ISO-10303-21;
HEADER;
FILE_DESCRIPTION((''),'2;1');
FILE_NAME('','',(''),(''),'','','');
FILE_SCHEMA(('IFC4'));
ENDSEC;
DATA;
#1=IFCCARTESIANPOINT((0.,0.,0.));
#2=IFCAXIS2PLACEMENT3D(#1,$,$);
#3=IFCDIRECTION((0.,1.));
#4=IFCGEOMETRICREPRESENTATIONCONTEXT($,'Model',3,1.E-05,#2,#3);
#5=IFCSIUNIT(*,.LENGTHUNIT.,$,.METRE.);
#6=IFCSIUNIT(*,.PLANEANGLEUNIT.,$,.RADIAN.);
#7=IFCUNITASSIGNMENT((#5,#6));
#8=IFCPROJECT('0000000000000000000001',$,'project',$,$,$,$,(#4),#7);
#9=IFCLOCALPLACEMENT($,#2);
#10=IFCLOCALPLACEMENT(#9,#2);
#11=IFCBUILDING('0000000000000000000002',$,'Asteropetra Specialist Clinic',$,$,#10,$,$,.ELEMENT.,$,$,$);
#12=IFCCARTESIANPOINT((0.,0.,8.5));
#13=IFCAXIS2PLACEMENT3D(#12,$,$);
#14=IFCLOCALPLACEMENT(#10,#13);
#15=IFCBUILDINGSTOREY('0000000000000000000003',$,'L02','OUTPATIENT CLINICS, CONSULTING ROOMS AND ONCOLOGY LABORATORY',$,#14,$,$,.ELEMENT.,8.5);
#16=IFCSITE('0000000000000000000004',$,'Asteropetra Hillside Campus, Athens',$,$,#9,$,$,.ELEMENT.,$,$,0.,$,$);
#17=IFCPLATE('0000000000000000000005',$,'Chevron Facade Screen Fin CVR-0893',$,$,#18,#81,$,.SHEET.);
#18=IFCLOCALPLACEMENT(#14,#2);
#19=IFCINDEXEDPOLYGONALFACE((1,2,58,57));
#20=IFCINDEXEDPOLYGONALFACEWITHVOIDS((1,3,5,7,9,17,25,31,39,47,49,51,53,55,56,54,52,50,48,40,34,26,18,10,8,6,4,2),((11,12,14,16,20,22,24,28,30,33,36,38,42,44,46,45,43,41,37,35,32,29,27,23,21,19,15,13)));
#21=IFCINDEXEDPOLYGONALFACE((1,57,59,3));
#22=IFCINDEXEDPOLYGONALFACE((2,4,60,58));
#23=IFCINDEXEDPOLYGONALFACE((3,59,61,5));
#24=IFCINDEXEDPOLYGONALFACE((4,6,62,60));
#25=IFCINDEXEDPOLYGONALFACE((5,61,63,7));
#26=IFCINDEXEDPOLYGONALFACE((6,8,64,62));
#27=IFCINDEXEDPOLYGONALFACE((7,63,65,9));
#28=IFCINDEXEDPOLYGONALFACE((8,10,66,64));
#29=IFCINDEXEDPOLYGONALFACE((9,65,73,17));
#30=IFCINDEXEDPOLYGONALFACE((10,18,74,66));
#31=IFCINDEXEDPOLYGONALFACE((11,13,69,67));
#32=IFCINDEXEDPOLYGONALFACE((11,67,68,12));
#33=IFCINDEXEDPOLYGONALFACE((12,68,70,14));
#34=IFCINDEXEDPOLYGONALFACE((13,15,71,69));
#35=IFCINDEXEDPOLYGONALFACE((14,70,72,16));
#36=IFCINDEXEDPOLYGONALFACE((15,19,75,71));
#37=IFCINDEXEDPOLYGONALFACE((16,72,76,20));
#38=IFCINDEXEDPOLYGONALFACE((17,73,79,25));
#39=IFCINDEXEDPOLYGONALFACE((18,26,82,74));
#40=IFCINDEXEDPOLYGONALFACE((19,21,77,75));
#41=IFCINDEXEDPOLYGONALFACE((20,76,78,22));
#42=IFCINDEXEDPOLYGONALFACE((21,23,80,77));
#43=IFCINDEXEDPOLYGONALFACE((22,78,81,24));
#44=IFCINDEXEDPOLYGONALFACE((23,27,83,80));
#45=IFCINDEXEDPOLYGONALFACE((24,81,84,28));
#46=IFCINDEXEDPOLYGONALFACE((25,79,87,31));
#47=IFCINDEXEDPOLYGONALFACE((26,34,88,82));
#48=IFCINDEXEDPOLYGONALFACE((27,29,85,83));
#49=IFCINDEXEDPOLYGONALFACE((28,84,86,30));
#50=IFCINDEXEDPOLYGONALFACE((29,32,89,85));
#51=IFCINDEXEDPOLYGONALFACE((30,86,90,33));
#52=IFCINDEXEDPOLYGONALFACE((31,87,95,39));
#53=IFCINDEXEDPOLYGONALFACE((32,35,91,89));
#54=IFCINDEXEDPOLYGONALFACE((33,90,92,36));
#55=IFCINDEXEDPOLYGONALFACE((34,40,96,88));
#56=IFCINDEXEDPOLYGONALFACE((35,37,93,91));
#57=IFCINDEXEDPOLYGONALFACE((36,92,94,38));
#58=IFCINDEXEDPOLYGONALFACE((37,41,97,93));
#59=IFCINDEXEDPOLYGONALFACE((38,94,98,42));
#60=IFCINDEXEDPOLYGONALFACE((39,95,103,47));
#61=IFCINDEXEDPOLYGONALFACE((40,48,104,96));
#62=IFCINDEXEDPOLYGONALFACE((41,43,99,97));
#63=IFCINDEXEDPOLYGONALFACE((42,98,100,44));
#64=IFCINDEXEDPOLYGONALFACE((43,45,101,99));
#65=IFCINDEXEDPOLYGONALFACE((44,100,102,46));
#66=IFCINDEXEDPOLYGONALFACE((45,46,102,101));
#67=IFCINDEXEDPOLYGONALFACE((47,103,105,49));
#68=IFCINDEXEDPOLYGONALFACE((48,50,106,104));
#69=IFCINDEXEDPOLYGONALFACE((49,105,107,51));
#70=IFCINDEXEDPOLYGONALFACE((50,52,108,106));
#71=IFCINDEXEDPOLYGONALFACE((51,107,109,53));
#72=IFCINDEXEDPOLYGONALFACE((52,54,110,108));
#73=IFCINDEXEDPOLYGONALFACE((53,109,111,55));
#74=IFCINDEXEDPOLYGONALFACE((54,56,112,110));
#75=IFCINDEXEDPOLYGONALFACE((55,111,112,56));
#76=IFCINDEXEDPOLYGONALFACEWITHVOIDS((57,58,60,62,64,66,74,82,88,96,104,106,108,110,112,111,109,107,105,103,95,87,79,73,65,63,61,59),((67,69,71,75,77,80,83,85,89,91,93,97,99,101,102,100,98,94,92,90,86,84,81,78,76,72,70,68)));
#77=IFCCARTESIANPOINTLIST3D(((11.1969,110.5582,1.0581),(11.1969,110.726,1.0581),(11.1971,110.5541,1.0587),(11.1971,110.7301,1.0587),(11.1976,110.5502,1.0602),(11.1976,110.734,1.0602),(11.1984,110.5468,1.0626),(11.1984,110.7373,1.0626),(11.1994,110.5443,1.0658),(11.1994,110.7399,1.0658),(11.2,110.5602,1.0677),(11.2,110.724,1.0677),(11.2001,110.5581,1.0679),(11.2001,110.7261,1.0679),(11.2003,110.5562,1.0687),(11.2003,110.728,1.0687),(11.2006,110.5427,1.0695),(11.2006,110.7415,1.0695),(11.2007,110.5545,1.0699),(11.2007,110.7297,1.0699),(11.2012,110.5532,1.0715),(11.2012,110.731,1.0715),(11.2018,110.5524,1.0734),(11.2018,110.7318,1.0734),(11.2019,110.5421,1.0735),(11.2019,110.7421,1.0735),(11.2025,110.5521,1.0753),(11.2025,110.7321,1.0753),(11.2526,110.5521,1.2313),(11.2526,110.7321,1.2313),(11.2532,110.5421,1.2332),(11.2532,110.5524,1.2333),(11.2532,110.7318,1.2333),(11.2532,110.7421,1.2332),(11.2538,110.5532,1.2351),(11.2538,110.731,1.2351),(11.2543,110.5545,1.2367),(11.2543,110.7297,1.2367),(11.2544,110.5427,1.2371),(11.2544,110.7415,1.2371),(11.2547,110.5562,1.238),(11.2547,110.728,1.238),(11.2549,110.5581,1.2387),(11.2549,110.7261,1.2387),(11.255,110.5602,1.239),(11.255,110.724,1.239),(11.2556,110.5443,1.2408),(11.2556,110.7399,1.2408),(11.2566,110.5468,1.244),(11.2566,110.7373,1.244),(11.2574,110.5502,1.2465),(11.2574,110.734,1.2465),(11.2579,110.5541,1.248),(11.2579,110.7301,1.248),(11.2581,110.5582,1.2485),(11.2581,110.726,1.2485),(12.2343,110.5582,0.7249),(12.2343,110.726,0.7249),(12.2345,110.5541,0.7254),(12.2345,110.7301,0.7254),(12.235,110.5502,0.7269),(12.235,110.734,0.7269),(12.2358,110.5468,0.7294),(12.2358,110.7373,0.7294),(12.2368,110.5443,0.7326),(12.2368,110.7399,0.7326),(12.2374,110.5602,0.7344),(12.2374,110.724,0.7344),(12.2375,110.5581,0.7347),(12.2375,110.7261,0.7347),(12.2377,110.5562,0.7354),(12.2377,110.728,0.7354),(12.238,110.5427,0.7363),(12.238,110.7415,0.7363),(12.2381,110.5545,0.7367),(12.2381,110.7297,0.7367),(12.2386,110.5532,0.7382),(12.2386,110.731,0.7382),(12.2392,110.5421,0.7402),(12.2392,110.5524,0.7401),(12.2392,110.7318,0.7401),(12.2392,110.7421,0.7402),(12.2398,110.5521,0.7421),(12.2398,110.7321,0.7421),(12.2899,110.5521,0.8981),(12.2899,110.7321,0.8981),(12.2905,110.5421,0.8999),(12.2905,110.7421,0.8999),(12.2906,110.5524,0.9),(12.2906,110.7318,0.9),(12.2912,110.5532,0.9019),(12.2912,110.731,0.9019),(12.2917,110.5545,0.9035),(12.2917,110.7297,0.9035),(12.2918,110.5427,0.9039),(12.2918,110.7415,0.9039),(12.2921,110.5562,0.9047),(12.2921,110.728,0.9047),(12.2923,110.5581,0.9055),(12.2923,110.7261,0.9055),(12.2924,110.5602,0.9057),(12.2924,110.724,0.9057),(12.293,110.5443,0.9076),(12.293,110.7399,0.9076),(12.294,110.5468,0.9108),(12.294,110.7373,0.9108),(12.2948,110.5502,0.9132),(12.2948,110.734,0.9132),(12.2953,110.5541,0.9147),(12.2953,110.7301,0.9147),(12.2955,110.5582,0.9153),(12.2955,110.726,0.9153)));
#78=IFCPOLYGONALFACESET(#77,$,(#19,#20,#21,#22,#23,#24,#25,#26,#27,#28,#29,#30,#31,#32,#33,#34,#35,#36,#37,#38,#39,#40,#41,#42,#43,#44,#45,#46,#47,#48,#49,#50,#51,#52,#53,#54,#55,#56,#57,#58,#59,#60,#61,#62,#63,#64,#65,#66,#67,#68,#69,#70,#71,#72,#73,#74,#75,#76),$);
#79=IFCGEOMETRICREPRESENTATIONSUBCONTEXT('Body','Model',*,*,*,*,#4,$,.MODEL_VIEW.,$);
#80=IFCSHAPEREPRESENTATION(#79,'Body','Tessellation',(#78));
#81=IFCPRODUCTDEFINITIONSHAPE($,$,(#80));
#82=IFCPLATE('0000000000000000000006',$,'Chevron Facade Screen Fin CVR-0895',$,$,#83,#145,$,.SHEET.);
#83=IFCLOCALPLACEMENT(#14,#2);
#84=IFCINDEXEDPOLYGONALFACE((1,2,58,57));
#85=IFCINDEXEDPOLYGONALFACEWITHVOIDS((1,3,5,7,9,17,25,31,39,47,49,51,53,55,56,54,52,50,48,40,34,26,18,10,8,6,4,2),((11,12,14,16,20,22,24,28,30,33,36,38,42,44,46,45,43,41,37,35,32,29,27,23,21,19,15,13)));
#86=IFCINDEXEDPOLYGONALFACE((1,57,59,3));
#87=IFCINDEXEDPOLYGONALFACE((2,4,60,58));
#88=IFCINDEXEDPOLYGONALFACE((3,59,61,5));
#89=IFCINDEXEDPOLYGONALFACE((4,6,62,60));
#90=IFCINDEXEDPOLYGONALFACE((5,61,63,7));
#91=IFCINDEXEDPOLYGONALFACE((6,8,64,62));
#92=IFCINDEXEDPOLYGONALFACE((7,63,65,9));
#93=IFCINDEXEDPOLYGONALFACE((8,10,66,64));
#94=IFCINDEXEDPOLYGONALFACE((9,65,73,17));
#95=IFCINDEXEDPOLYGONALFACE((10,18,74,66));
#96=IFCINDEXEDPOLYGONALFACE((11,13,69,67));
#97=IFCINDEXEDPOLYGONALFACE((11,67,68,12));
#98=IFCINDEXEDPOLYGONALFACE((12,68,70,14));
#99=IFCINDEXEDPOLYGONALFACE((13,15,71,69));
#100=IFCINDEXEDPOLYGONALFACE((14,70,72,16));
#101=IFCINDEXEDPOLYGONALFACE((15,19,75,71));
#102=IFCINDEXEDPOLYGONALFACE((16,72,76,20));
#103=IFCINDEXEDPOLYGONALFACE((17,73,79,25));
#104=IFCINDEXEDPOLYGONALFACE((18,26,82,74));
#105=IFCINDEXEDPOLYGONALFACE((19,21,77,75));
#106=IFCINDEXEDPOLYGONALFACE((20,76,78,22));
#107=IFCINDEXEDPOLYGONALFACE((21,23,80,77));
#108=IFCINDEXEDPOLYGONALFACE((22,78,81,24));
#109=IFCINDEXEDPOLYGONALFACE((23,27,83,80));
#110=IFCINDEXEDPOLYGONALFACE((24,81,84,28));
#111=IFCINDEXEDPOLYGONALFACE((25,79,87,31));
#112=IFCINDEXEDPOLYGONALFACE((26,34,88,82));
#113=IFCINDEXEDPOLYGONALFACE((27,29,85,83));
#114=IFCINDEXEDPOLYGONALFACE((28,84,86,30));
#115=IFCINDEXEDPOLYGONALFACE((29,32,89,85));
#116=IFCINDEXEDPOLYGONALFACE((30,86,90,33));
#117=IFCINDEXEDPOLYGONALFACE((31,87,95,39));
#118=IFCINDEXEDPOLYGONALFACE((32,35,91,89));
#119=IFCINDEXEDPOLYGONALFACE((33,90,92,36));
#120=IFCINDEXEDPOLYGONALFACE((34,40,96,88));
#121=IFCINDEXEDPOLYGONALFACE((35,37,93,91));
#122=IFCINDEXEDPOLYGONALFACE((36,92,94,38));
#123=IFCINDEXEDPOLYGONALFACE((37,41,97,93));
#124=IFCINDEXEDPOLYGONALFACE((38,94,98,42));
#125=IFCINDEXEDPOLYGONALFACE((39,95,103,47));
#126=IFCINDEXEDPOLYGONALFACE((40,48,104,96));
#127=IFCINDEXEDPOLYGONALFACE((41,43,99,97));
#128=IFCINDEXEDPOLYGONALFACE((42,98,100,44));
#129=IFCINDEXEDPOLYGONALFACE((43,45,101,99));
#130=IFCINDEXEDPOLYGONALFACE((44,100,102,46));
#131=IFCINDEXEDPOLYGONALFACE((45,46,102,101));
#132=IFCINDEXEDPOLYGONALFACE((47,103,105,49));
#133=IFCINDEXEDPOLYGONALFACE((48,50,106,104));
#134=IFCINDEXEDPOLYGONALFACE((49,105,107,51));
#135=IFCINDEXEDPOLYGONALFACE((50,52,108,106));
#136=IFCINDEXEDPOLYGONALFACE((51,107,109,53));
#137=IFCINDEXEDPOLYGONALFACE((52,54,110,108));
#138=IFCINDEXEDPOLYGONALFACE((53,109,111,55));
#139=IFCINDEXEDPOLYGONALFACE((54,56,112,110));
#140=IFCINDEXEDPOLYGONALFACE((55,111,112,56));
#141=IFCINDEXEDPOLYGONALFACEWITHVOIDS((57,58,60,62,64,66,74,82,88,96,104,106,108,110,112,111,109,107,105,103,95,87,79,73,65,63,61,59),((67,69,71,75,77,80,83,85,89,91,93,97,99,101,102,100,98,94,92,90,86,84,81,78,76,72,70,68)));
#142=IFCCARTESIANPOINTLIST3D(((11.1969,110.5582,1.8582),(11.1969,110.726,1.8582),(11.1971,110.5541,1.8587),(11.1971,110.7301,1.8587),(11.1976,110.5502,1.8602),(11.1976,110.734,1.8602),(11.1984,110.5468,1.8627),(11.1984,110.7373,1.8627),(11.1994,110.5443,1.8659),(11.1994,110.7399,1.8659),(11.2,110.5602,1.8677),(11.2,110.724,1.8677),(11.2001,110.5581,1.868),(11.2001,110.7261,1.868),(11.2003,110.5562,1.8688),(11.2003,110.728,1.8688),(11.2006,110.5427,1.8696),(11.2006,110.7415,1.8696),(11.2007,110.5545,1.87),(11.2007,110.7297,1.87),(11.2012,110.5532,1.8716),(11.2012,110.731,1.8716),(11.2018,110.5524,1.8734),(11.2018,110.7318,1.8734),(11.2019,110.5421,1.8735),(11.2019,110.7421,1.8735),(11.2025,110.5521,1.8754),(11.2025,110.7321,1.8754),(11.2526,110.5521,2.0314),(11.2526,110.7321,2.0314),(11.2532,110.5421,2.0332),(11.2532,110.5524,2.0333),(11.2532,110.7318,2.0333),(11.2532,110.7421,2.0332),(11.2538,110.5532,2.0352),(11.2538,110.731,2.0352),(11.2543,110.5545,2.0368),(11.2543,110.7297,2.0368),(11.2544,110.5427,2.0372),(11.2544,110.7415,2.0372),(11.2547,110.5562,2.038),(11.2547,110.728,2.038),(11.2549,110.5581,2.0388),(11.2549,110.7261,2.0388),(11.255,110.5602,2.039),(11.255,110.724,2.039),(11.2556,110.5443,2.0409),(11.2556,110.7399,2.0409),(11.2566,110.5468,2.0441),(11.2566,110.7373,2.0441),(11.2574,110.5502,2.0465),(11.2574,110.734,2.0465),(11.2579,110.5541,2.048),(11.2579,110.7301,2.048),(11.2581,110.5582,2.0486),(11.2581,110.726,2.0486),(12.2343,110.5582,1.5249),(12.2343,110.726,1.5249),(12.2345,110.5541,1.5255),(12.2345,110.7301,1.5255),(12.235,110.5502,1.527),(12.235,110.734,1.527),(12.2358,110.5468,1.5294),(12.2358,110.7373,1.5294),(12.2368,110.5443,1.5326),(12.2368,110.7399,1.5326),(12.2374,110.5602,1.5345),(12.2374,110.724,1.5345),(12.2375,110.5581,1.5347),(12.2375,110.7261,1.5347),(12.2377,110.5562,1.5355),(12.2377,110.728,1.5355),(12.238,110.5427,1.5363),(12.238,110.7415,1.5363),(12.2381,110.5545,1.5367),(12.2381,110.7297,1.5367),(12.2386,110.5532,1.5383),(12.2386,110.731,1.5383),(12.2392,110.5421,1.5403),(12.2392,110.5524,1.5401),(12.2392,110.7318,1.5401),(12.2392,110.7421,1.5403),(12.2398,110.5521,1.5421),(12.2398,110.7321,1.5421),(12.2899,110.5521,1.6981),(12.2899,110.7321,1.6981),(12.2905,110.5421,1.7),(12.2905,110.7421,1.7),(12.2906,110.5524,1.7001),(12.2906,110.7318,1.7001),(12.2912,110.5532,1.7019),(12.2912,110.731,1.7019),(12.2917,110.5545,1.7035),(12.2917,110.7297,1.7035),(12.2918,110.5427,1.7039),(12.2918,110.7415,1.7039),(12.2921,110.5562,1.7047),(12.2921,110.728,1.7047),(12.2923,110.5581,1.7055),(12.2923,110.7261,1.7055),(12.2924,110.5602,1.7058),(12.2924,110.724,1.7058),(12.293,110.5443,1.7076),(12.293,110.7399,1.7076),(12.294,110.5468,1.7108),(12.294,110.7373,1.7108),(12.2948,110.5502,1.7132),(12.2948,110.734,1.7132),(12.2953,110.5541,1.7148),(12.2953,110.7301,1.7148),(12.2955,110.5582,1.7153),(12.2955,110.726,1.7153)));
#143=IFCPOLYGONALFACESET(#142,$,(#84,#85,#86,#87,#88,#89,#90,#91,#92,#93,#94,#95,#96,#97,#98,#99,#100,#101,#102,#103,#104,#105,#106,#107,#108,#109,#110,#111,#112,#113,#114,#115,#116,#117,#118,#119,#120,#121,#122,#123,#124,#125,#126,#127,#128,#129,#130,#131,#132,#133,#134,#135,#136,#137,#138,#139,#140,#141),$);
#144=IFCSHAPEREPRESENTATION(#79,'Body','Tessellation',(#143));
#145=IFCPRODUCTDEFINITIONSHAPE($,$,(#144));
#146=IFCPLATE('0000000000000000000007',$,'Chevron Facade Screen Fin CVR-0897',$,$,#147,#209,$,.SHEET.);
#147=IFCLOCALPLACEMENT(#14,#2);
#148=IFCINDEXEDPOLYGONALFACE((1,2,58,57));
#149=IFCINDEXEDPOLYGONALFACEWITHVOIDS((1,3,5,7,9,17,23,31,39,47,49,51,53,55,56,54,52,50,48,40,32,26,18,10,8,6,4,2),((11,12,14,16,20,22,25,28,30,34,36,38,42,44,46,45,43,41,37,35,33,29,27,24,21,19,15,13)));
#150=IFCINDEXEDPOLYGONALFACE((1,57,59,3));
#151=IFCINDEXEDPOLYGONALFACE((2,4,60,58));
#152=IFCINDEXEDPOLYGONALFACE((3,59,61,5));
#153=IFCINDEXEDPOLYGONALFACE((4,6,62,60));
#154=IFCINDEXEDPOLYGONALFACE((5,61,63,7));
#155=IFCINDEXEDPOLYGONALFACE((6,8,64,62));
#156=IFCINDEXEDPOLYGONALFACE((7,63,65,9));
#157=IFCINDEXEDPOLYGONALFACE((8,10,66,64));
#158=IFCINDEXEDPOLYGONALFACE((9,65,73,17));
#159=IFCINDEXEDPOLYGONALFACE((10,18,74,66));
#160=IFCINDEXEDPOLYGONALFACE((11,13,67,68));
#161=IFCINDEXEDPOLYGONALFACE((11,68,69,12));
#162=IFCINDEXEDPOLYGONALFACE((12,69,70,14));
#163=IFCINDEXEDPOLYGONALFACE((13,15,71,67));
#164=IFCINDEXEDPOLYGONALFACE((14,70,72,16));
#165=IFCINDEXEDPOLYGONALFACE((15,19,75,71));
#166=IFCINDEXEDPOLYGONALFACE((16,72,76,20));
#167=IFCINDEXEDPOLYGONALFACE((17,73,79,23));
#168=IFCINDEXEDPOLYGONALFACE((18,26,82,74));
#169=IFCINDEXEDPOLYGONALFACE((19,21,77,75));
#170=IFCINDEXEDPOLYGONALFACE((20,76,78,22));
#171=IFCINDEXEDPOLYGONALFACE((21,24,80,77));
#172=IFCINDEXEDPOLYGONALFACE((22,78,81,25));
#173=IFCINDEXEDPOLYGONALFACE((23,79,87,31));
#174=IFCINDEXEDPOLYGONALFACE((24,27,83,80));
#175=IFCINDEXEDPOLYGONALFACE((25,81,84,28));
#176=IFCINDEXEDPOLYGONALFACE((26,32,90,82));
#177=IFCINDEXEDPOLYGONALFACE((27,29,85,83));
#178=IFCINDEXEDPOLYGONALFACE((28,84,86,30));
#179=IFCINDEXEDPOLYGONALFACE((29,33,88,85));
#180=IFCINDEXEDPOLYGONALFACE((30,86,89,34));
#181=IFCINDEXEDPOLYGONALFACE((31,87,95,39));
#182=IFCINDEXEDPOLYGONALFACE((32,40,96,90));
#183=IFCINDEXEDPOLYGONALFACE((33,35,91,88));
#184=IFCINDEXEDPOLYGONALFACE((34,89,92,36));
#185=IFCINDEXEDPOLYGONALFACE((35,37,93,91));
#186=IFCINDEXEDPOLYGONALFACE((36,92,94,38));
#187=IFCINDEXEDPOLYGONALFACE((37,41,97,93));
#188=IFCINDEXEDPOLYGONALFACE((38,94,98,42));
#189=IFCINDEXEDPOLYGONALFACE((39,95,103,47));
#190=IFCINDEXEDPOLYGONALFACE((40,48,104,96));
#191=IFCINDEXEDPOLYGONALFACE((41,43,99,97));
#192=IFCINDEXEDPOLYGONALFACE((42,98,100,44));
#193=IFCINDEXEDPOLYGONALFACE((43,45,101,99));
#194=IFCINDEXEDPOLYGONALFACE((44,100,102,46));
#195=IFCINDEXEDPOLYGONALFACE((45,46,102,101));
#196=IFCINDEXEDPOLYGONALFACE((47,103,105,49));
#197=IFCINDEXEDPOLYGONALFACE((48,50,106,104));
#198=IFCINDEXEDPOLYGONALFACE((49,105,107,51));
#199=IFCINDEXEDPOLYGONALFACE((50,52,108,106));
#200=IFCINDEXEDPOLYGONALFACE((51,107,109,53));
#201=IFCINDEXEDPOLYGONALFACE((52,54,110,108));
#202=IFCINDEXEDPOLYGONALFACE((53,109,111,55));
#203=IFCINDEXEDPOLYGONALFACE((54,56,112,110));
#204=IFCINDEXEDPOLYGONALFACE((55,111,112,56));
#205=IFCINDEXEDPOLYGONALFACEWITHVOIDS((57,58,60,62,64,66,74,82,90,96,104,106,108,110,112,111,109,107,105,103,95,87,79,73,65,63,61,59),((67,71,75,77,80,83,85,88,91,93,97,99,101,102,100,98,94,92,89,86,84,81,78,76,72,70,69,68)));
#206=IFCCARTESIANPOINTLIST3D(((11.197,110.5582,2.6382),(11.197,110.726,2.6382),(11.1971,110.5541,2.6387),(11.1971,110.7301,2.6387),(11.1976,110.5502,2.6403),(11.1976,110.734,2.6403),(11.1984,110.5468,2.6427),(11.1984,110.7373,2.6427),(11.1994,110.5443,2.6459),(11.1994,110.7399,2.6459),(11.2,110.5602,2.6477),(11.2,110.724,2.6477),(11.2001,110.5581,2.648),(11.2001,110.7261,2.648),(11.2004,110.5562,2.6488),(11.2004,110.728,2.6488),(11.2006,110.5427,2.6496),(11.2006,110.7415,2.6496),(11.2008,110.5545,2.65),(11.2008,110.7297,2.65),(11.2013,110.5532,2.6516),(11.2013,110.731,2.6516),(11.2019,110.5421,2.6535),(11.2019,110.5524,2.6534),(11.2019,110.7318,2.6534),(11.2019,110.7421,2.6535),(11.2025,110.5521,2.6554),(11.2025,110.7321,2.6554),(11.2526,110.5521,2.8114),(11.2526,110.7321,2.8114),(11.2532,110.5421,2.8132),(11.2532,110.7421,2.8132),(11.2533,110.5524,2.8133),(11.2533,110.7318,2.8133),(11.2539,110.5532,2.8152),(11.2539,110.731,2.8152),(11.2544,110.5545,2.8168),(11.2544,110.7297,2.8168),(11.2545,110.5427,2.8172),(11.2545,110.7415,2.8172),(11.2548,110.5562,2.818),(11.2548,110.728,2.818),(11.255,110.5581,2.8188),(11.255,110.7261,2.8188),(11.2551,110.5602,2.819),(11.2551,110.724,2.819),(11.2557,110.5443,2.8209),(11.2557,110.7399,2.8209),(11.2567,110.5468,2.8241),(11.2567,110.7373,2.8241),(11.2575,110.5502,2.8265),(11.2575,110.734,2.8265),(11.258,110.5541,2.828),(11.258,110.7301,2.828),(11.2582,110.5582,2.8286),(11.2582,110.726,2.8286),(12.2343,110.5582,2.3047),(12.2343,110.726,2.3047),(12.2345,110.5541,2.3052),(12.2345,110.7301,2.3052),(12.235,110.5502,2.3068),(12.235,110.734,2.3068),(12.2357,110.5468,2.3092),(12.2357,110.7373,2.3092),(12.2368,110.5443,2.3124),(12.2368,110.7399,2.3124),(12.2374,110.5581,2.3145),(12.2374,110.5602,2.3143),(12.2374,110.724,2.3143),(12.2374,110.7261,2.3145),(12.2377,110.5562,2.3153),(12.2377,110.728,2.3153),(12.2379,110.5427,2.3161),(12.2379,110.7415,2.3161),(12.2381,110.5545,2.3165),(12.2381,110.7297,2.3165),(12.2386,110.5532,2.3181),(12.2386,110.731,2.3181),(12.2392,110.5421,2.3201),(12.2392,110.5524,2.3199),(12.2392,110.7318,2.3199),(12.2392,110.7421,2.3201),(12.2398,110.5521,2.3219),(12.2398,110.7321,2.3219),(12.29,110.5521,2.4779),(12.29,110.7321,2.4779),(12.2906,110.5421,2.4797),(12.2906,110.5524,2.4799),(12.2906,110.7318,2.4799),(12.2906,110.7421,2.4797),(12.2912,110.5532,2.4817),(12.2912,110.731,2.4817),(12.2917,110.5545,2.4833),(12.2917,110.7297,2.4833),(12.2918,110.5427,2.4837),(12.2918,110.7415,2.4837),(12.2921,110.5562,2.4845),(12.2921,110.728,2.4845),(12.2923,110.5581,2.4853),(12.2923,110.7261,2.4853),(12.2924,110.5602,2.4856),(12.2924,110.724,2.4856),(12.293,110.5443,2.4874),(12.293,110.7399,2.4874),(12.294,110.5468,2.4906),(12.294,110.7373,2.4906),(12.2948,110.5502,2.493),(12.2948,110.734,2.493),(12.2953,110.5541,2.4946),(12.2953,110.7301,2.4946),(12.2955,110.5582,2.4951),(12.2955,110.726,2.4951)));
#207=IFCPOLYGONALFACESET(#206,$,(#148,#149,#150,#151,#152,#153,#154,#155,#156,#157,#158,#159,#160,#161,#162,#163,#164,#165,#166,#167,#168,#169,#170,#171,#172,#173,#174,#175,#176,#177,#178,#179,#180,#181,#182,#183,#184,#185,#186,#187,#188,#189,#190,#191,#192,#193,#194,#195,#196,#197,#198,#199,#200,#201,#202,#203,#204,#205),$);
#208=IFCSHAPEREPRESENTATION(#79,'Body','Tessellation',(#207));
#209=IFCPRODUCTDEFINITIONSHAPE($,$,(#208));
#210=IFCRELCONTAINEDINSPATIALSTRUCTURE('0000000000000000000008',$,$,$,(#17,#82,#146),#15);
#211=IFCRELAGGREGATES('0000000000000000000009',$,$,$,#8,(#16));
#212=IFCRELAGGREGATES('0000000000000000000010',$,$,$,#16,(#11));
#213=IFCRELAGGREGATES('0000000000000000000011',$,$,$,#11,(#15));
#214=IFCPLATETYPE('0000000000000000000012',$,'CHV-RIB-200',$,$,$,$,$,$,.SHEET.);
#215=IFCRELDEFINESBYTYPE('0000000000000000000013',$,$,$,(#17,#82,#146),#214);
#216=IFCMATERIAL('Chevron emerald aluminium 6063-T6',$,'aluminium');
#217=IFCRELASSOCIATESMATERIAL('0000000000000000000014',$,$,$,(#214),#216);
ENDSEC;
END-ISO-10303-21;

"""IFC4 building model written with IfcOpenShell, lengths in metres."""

from ifc_helpers import new_model, si_unit, direction, frame, origin, origin_2d, place, context, subcontext, project, spatial, hollow_rectangle, extrude, material, material_profile, profile_set, type_object, element, save


model = new_model("IFC4")

# Units and contexts
model_context = context("Model", 3, precision=1e-05, world=origin(), true_north=direction((0.0, 1.0)))
body_context = subcontext(model_context, "Body", "Model", "MODEL_VIEW")
ifc_project = project(units=[si_unit("LENGTHUNIT", "METRE"), si_unit("PLANEANGLEUNIT", "RADIAN")], contexts=[model_context])

# Site, building, storey
site_placement = place(None, origin())
site = spatial("IfcSite", under=ifc_project, at=site_placement, Name="Asteropetra Hillside Campus, Athens", CompositionType="ELEMENT", RefElevation=0.0)
building_placement = place(site_placement, origin())
building = spatial("IfcBuilding", under=site, at=building_placement, Name="Asteropetra Specialist Clinic", CompositionType="ELEMENT")
storey_placement = place(building_placement, frame((0.0, 0.0, 8.5)))
storey = spatial("IfcBuildingStorey", under=building, at=storey_placement, Name="L02", Description="OUTPATIENT CLINICS, CONSULTING ROOMS AND ONCOLOGY LABORATORY", CompositionType="ELEMENT", Elevation=8.5)

# Plates
ifc_material_1 = material(Name="Chevron emerald aluminium 6063-T6", Category="aluminium")
ifc_material_profile_1 = material_profile(ifc_material_1, hollow_rectangle(XDim=0.2, YDim=0.2, WallThickness=0.01, InnerFilletRadius=0.0081, OuterFilletRadius=0.0161, at=origin_2d()), Name="SHS 200x200x10.0")
ifc_profile_set_1 = profile_set([ifc_material_profile_1], Name="Chevron emerald aluminium 6063-T6")
plate_type_1 = type_object("IfcPlateType", Name="CHV-RIB-200", PredefinedType="SHEET", material=ifc_profile_set_1)
for number, where, z_axis, x_axis, name in (
    (1, (12.2649, 110.6421, 0.8201), (-0.952078, 0.0, 0.305857), (0.0, -1.0, 0.0), "Chevron Facade Screen Fin CVR-0893"),
    (2, (12.2649, 110.6421, 1.6201), (-0.952078, 0.0, 0.305857), (0.0, -1.0, 0.0), "Chevron Facade Screen Fin CVR-0895"),
    (3, (12.2649, 110.6421, 2.3999), (-0.952012, 0.0, 0.30606), (0.0, -1.0, 0.0), "Chevron Facade Screen Fin CVR-0897"),
):
    element("IfcPlate", number, at=place(storey_placement, frame(where, z_axis=z_axis, x_axis=x_axis)), inside=storey, type_object=plate_type_1, Name=name, PredefinedType="SHEET", context=body_context, shape_type="SweptSolid", body=[
        extrude(hollow_rectangle(XDim=0.2, YDim=0.2, WallThickness=0.01, InnerFilletRadius=0.0081, OuterFilletRadius=0.0161, at=origin_2d()), origin(), (0.0, 0.0, 1.0), 1.0896),
    ])

save(model, "model.ifc")
